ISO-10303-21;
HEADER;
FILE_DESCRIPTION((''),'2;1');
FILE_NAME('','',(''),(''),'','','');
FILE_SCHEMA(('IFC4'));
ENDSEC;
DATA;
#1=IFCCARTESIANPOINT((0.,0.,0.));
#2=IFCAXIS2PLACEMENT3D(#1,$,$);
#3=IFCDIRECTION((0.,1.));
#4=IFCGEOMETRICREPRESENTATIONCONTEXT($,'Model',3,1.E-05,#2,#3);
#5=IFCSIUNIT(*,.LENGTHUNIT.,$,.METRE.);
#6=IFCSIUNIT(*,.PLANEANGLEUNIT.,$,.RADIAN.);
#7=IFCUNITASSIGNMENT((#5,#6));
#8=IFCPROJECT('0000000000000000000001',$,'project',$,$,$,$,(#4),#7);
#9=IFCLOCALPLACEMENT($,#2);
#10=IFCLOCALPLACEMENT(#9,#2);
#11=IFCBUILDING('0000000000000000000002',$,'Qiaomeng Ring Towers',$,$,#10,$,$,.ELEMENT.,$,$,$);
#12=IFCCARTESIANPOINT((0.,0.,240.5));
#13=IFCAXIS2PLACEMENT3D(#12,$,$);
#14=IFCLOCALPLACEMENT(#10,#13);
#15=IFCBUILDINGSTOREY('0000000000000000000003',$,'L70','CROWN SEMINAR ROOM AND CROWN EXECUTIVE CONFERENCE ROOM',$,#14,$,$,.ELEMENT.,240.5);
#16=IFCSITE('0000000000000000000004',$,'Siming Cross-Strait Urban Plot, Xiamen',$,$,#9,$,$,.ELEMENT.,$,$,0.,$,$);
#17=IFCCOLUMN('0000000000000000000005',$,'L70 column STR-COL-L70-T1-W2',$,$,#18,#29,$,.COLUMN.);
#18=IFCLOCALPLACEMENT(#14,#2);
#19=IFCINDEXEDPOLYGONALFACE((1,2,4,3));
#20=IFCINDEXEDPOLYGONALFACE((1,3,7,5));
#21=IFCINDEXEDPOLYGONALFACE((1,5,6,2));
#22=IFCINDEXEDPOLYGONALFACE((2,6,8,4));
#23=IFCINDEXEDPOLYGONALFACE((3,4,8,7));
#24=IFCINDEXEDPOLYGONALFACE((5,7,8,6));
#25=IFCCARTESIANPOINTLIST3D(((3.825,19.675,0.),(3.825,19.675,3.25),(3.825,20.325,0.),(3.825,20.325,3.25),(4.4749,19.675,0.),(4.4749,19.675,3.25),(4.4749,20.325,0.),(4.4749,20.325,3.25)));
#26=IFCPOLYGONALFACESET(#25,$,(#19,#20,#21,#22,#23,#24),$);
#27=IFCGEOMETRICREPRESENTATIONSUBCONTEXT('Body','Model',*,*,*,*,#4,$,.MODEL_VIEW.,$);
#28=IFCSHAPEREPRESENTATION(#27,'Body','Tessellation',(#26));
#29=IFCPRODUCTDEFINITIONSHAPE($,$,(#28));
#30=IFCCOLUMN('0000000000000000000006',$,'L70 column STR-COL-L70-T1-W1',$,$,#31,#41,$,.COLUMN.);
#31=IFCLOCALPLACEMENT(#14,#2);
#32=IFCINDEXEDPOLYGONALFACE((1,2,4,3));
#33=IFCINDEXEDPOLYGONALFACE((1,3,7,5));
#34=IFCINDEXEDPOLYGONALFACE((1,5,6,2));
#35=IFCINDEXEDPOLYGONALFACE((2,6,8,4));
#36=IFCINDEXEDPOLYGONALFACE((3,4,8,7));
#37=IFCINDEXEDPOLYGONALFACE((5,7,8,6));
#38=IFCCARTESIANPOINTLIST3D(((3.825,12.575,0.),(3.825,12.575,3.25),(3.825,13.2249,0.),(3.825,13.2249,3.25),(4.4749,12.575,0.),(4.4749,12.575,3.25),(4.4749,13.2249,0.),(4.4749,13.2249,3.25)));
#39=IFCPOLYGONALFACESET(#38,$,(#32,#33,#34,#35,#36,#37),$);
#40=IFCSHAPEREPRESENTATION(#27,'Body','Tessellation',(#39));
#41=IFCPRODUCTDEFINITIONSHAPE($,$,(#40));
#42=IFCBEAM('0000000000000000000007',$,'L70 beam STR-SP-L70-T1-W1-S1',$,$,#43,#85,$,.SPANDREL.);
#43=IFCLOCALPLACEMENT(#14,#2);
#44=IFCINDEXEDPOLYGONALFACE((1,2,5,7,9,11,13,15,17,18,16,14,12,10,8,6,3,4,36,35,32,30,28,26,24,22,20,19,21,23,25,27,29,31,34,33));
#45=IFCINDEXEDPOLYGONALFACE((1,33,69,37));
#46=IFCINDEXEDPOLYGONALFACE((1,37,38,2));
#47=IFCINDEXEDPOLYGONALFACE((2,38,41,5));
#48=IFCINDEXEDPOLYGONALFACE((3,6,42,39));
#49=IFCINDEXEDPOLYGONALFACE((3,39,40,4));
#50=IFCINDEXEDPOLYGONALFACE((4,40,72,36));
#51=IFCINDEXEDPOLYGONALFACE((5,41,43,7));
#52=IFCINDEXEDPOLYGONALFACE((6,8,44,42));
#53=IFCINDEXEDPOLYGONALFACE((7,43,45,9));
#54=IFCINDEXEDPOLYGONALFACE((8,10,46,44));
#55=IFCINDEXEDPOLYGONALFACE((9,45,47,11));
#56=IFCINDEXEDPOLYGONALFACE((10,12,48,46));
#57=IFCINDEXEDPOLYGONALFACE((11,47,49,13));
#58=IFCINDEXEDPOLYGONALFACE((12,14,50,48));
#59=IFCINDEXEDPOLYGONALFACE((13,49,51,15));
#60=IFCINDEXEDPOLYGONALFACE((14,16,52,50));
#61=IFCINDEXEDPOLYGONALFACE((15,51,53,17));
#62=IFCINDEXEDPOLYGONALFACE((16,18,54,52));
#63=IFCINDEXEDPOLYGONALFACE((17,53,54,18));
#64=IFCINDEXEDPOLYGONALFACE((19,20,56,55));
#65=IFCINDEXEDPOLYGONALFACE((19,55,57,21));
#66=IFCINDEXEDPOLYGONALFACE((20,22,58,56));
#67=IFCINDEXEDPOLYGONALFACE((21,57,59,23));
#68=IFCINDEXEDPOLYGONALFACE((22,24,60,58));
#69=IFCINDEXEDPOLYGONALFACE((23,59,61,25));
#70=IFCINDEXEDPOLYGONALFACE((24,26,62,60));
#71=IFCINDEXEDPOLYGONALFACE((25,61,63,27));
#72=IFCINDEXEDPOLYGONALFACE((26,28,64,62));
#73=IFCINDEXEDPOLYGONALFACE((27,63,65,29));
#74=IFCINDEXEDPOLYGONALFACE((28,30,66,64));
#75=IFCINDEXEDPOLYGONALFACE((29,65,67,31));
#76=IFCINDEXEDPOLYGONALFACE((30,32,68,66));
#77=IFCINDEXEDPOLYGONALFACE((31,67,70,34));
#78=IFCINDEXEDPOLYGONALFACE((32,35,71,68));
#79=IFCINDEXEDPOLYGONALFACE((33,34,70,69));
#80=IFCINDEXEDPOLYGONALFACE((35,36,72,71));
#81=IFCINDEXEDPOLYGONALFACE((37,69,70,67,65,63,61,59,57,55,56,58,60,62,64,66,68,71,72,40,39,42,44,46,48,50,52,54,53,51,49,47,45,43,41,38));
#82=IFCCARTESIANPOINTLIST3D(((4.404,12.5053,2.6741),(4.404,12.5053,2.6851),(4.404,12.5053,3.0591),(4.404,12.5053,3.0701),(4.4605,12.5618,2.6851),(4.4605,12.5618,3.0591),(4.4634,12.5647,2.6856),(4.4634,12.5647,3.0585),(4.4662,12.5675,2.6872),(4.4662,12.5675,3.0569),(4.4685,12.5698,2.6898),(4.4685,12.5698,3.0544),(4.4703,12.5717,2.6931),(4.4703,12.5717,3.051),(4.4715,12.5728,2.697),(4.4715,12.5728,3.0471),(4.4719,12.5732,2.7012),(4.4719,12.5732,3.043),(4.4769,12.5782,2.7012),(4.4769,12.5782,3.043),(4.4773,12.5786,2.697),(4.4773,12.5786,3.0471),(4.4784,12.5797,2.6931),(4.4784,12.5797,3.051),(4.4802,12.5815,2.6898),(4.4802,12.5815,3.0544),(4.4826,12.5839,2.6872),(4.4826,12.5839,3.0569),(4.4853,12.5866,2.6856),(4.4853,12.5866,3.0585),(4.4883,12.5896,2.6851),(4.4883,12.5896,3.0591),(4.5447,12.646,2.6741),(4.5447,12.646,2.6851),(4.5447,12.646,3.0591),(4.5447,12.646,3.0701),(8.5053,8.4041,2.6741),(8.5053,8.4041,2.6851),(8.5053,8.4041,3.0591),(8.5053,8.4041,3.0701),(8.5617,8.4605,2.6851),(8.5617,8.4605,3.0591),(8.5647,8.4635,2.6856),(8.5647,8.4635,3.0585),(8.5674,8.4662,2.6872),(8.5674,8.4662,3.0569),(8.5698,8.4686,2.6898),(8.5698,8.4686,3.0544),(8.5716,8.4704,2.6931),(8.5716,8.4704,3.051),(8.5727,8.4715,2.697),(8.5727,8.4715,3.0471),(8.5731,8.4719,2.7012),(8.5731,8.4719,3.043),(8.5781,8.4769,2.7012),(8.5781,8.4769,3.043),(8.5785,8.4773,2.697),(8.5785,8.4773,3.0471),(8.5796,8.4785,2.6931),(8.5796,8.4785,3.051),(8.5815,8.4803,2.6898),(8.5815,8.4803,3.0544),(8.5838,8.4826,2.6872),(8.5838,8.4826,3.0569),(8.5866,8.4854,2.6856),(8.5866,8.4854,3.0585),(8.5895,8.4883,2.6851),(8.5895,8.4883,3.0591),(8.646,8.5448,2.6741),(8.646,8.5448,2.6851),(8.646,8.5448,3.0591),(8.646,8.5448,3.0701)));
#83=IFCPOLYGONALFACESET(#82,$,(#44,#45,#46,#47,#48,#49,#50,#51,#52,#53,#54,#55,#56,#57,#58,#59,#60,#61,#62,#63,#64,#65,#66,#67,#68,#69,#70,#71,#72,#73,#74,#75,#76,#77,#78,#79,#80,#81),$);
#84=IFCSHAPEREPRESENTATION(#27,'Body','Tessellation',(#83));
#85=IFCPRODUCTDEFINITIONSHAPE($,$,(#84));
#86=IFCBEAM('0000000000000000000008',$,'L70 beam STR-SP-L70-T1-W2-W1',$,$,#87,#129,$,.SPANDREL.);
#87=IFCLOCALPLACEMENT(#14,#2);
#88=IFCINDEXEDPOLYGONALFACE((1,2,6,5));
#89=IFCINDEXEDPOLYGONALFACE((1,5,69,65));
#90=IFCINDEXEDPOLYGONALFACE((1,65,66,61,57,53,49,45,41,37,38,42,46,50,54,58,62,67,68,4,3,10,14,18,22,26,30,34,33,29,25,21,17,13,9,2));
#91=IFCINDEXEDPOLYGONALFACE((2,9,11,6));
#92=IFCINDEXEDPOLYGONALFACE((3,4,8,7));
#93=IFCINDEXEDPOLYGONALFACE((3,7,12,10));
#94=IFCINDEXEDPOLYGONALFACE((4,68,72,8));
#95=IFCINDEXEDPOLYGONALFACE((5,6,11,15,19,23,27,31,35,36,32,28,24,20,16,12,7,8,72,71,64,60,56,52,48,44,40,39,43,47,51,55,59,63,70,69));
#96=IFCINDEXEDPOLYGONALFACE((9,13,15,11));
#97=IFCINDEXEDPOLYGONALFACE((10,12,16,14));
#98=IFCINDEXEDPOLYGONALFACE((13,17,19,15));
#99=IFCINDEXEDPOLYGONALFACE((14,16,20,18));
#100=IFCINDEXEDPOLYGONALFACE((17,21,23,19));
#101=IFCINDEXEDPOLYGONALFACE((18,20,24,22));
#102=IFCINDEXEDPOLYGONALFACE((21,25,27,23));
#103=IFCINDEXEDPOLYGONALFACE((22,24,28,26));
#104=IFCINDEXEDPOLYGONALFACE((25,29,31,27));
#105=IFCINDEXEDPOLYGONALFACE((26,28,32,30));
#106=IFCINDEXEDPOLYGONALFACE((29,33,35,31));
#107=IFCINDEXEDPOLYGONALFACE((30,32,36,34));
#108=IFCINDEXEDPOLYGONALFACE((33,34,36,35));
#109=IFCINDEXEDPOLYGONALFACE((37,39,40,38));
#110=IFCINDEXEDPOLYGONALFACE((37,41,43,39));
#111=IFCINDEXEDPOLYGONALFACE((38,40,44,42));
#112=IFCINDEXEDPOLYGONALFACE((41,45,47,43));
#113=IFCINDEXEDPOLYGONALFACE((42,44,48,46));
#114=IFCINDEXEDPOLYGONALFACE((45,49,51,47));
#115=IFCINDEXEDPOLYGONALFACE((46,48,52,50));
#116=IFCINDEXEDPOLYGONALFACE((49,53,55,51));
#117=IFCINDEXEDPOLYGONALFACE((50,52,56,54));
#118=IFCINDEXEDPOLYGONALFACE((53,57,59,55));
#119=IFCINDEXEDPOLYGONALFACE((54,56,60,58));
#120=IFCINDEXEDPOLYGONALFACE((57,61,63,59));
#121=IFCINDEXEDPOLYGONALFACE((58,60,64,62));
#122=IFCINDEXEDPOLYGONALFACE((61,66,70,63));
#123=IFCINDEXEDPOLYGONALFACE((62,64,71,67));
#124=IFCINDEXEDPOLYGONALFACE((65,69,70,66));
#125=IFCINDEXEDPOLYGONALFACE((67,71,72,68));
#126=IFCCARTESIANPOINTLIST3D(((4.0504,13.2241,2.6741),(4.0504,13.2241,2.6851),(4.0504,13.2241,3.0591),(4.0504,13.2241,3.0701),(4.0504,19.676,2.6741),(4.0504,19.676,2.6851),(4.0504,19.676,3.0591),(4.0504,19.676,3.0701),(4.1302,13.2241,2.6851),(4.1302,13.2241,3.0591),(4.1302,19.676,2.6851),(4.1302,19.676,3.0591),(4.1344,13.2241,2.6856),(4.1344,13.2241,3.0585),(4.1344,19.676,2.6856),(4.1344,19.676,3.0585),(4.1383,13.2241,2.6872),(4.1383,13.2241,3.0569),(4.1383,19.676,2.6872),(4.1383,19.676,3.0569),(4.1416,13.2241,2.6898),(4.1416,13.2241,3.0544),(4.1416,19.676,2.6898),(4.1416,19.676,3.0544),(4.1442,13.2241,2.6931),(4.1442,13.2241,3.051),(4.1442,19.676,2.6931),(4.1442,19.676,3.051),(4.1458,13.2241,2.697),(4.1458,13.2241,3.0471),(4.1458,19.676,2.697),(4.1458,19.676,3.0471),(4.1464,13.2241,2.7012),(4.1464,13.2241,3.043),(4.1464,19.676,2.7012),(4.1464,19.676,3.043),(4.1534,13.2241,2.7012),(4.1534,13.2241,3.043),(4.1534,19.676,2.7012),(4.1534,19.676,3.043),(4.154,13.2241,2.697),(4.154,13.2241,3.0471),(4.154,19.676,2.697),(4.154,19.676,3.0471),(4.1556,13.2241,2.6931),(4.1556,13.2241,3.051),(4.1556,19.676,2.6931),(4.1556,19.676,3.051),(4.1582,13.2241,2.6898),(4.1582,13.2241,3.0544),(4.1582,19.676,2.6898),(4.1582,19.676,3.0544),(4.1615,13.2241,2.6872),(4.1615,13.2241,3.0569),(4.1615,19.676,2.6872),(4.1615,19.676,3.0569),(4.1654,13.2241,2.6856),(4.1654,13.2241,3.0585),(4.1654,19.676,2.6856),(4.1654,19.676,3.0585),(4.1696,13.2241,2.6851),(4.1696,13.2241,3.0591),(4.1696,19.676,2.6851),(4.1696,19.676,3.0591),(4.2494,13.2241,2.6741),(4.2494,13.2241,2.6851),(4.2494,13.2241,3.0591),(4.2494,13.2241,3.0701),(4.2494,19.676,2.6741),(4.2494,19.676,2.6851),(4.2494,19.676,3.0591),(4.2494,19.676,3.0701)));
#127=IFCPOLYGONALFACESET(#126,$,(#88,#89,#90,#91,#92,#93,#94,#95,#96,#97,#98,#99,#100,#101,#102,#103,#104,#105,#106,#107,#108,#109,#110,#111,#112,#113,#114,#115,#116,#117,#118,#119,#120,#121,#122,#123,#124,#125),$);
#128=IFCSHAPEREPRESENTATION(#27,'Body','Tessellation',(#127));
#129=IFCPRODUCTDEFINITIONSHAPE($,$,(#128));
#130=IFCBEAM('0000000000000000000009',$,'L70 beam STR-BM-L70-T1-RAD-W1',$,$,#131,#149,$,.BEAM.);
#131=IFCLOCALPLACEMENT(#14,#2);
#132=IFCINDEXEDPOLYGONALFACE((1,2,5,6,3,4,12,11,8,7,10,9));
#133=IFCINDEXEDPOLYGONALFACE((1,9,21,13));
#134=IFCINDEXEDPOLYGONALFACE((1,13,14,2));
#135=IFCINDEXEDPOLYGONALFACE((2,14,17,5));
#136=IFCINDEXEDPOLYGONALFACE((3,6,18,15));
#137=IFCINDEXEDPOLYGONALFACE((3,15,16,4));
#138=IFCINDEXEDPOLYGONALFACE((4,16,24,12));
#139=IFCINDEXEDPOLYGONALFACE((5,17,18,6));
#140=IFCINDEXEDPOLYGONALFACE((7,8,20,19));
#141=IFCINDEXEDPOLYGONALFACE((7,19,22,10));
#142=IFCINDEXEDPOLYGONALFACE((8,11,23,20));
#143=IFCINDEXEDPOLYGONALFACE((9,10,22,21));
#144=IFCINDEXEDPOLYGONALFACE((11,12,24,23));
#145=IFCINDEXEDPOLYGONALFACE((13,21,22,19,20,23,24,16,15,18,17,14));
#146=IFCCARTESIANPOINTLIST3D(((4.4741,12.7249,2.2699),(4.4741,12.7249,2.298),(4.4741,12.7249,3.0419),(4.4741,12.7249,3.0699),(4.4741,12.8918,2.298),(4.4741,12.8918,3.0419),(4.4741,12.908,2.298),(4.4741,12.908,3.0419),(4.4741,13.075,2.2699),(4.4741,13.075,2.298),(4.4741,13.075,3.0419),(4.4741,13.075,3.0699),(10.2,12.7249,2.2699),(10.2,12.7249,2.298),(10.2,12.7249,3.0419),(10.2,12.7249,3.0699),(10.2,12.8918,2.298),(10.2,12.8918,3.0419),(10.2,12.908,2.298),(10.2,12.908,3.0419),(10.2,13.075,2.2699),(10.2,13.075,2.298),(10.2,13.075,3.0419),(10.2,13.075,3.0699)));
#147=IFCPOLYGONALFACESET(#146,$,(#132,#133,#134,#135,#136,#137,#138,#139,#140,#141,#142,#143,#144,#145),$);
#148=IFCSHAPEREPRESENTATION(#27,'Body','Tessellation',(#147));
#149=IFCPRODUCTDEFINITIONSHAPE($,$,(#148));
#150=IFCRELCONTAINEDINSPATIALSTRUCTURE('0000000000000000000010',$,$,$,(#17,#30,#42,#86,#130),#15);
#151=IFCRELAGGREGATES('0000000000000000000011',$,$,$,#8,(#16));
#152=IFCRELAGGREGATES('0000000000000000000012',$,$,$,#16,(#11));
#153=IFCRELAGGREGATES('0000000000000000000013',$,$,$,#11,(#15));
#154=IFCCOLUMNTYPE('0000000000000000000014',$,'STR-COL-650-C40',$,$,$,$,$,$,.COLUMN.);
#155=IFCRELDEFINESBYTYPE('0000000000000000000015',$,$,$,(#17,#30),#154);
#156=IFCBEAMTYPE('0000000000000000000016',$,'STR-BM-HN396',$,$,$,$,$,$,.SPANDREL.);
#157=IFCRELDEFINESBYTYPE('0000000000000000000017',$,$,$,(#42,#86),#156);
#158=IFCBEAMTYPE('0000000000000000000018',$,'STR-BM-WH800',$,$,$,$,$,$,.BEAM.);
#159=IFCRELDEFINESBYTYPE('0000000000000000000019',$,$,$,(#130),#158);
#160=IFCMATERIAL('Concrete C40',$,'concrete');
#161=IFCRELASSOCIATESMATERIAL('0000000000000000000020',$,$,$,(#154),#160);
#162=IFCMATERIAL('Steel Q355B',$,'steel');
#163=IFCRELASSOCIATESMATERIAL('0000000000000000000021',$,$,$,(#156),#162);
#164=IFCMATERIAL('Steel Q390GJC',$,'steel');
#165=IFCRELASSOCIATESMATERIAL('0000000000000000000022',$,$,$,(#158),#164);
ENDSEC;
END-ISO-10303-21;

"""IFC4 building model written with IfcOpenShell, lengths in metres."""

from ifc_helpers import new_model, si_unit, direction, frame, origin, origin_2d, place, context, subcontext, project, spatial, rectangle, i_section, extrude, source, transform, mapped, material, material_profile, profile_set, type_object, element, save


model = new_model("IFC4")

# Units and contexts
model_context = context("Model", 3, precision=1e-05, world=origin(), true_north=direction((0.0, 1.0)))
body_context = subcontext(model_context, "Body", "Model", "MODEL_VIEW")
ifc_project = project(units=[si_unit("LENGTHUNIT", "METRE"), si_unit("PLANEANGLEUNIT", "RADIAN")], contexts=[model_context])

# Site, building, storey
site_placement = place(None, origin())
site = spatial("IfcSite", under=ifc_project, at=site_placement, Name="Siming Cross-Strait Urban Plot, Xiamen", CompositionType="ELEMENT", RefElevation=0.0)
building_placement = place(site_placement, origin())
building = spatial("IfcBuilding", under=site, at=building_placement, Name="Qiaomeng Ring Towers", CompositionType="ELEMENT")
storey_placement = place(building_placement, frame((0.0, 0.0, 240.5)))
storey = spatial("IfcBuildingStorey", under=building, at=storey_placement, Name="L70", Description="CROWN SEMINAR ROOM AND CROWN EXECUTIVE CONFERENCE ROOM", CompositionType="ELEMENT", Elevation=240.5)

# Columns
ifc_material_1 = material(Name="Concrete C40", Category="concrete")
ifc_material_profile_1 = material_profile(ifc_material_1, rectangle(XDim=0.6499, YDim=0.6499, at=origin_2d()), Name="RC COL 650x650")
ifc_profile_set_1 = profile_set([ifc_material_profile_1], Name="Concrete C40")
column_type = type_object("IfcColumnType", Name="STR-COL-650-C40", PredefinedType="COLUMN", material=ifc_profile_set_1)
shared_shape_1 = source(origin(), body_context, "Body", "SweptSolid", [
    extrude(rectangle(XDim=0.6499, YDim=0.6499, at=origin_2d()), origin(), (0.0, 0.0, 1.0), 3.25),
])
for number, where, z_axis, x_axis, name in (
    (1, (4.1499, 20.0, 0.0), (0.0, 0.0, 1.0), (1.0, 0.0, 0.0), "L70 column STR-COL-L70-T1-W2"),
    (2, (4.1499, 12.8999, 0.0), (0.0, 0.0, 1.0), (1.0, 0.0, 0.0), "L70 column STR-COL-L70-T1-W1"),
):
    element("IfcColumn", number, at=place(storey_placement, frame(where, z_axis=z_axis, x_axis=x_axis)), inside=storey, type_object=column_type, Name=name, PredefinedType="COLUMN", context=body_context, shape_type="MappedRepresentation", body=[
        mapped(shared_shape_1, transform((0.0, 0.0, 0.0), x_axis=(1.0, 0.0, 0.0), y_axis=(0.0, 1.0, 0.0), z_axis=(0.0, 0.0, 1.0), scale=1.0)),
    ])

# Beams
ifc_material_2 = material(Name="Steel Q355B", Category="steel")
ifc_material_profile_2 = material_profile(ifc_material_2, i_section(OverallWidth=0.199, OverallDepth=0.396, WebThickness=0.0071, FlangeThickness=0.011, FilletRadius=0.0161, at=origin_2d()), Name="HN 396x199x7x11")
ifc_profile_set_2 = profile_set([ifc_material_profile_2], Name="Steel Q355B")
beam_type_1 = type_object("IfcBeamType", Name="STR-BM-HN396", PredefinedType="SPANDREL", material=ifc_profile_set_2)
shared_shape_2 = source(origin(), body_context, "Body", "SweptSolid", [
    extrude(i_section(OverallWidth=0.199, OverallDepth=0.396, WebThickness=0.0071, FlangeThickness=0.011, FilletRadius=0.0161, at=origin_2d()), origin(), (0.0, 0.0, 1.0), 5.8),
])
beam_1_placement = place(storey_placement, frame((4.4744, 12.5757, 2.8721), z_axis=(0.707107, -0.707107, 0.0), x_axis=(0.707107, 0.707107, 0.0)))
element("IfcBeam", 3, at=beam_1_placement, inside=storey, type_object=beam_type_1, Name="L70 beam STR-SP-L70-T1-W1-S1", PredefinedType="SPANDREL", context=body_context, shape_type="MappedRepresentation", body=[
    mapped(shared_shape_2, transform((0.0, 0.0, 0.0), x_axis=(1.0, 0.0, 0.0), y_axis=(0.0, 1.0, 0.0), z_axis=(0.0, 0.0, 1.0), scale=1.0)),
])
shared_shape_3 = source(origin(), body_context, "Body", "SweptSolid", [
    extrude(i_section(OverallWidth=0.199, OverallDepth=0.396, WebThickness=0.0071, FlangeThickness=0.011, FilletRadius=0.0161, at=origin_2d()), origin(), (0.0, 0.0, 1.0), 6.4519),
])
beam_2_placement = place(storey_placement, frame((4.1499, 19.676, 2.8721), z_axis=(0.0, -1.0, 0.0), x_axis=(1.0, 0.0, 0.0)))
element("IfcBeam", 4, at=beam_2_placement, inside=storey, type_object=beam_type_1, Name="L70 beam STR-SP-L70-T1-W2-W1", PredefinedType="SPANDREL", context=body_context, shape_type="MappedRepresentation", body=[
    mapped(shared_shape_3, transform((0.0, 0.0, 0.0), x_axis=(1.0, 0.0, 0.0), y_axis=(0.0, 1.0, 0.0), z_axis=(0.0, 0.0, 1.0), scale=1.0)),
])
ifc_material_3 = material(Name="Steel Q390GJC", Category="steel")
ifc_material_profile_3 = material_profile(ifc_material_3, i_section(OverallWidth=0.3501, OverallDepth=0.8, WebThickness=0.0161, FlangeThickness=0.0281, at=origin_2d()), Name="WH 800x350x16x28")
ifc_profile_set_3 = profile_set([ifc_material_profile_3], Name="Steel Q390GJC")
beam_type_2 = type_object("IfcBeamType", Name="STR-BM-WH800", PredefinedType="BEAM", material=ifc_profile_set_3)
shared_shape_4 = source(origin(), body_context, "Body", "SweptSolid", [
    extrude(i_section(OverallWidth=0.3501, OverallDepth=0.8, WebThickness=0.0161, FlangeThickness=0.0281, at=origin_2d()), origin(), (0.0, 0.0, 1.0), 5.7258),
])
beam_3_placement = place(storey_placement, frame((4.4741, 12.8999, 2.6699), z_axis=(1.0, 0.0, 0.0), x_axis=(0.0, 1.0, 0.0)))
element("IfcBeam", 5, at=beam_3_placement, inside=storey, type_object=beam_type_2, Name="L70 beam STR-BM-L70-T1-RAD-W1", PredefinedType="BEAM", context=body_context, shape_type="MappedRepresentation", body=[
    mapped(shared_shape_4, transform((0.0, 0.0, 0.0), x_axis=(1.0, 0.0, 0.0), y_axis=(0.0, 1.0, 0.0), z_axis=(0.0, 0.0, 1.0), scale=1.0)),
])

save(model, "model.ifc")
